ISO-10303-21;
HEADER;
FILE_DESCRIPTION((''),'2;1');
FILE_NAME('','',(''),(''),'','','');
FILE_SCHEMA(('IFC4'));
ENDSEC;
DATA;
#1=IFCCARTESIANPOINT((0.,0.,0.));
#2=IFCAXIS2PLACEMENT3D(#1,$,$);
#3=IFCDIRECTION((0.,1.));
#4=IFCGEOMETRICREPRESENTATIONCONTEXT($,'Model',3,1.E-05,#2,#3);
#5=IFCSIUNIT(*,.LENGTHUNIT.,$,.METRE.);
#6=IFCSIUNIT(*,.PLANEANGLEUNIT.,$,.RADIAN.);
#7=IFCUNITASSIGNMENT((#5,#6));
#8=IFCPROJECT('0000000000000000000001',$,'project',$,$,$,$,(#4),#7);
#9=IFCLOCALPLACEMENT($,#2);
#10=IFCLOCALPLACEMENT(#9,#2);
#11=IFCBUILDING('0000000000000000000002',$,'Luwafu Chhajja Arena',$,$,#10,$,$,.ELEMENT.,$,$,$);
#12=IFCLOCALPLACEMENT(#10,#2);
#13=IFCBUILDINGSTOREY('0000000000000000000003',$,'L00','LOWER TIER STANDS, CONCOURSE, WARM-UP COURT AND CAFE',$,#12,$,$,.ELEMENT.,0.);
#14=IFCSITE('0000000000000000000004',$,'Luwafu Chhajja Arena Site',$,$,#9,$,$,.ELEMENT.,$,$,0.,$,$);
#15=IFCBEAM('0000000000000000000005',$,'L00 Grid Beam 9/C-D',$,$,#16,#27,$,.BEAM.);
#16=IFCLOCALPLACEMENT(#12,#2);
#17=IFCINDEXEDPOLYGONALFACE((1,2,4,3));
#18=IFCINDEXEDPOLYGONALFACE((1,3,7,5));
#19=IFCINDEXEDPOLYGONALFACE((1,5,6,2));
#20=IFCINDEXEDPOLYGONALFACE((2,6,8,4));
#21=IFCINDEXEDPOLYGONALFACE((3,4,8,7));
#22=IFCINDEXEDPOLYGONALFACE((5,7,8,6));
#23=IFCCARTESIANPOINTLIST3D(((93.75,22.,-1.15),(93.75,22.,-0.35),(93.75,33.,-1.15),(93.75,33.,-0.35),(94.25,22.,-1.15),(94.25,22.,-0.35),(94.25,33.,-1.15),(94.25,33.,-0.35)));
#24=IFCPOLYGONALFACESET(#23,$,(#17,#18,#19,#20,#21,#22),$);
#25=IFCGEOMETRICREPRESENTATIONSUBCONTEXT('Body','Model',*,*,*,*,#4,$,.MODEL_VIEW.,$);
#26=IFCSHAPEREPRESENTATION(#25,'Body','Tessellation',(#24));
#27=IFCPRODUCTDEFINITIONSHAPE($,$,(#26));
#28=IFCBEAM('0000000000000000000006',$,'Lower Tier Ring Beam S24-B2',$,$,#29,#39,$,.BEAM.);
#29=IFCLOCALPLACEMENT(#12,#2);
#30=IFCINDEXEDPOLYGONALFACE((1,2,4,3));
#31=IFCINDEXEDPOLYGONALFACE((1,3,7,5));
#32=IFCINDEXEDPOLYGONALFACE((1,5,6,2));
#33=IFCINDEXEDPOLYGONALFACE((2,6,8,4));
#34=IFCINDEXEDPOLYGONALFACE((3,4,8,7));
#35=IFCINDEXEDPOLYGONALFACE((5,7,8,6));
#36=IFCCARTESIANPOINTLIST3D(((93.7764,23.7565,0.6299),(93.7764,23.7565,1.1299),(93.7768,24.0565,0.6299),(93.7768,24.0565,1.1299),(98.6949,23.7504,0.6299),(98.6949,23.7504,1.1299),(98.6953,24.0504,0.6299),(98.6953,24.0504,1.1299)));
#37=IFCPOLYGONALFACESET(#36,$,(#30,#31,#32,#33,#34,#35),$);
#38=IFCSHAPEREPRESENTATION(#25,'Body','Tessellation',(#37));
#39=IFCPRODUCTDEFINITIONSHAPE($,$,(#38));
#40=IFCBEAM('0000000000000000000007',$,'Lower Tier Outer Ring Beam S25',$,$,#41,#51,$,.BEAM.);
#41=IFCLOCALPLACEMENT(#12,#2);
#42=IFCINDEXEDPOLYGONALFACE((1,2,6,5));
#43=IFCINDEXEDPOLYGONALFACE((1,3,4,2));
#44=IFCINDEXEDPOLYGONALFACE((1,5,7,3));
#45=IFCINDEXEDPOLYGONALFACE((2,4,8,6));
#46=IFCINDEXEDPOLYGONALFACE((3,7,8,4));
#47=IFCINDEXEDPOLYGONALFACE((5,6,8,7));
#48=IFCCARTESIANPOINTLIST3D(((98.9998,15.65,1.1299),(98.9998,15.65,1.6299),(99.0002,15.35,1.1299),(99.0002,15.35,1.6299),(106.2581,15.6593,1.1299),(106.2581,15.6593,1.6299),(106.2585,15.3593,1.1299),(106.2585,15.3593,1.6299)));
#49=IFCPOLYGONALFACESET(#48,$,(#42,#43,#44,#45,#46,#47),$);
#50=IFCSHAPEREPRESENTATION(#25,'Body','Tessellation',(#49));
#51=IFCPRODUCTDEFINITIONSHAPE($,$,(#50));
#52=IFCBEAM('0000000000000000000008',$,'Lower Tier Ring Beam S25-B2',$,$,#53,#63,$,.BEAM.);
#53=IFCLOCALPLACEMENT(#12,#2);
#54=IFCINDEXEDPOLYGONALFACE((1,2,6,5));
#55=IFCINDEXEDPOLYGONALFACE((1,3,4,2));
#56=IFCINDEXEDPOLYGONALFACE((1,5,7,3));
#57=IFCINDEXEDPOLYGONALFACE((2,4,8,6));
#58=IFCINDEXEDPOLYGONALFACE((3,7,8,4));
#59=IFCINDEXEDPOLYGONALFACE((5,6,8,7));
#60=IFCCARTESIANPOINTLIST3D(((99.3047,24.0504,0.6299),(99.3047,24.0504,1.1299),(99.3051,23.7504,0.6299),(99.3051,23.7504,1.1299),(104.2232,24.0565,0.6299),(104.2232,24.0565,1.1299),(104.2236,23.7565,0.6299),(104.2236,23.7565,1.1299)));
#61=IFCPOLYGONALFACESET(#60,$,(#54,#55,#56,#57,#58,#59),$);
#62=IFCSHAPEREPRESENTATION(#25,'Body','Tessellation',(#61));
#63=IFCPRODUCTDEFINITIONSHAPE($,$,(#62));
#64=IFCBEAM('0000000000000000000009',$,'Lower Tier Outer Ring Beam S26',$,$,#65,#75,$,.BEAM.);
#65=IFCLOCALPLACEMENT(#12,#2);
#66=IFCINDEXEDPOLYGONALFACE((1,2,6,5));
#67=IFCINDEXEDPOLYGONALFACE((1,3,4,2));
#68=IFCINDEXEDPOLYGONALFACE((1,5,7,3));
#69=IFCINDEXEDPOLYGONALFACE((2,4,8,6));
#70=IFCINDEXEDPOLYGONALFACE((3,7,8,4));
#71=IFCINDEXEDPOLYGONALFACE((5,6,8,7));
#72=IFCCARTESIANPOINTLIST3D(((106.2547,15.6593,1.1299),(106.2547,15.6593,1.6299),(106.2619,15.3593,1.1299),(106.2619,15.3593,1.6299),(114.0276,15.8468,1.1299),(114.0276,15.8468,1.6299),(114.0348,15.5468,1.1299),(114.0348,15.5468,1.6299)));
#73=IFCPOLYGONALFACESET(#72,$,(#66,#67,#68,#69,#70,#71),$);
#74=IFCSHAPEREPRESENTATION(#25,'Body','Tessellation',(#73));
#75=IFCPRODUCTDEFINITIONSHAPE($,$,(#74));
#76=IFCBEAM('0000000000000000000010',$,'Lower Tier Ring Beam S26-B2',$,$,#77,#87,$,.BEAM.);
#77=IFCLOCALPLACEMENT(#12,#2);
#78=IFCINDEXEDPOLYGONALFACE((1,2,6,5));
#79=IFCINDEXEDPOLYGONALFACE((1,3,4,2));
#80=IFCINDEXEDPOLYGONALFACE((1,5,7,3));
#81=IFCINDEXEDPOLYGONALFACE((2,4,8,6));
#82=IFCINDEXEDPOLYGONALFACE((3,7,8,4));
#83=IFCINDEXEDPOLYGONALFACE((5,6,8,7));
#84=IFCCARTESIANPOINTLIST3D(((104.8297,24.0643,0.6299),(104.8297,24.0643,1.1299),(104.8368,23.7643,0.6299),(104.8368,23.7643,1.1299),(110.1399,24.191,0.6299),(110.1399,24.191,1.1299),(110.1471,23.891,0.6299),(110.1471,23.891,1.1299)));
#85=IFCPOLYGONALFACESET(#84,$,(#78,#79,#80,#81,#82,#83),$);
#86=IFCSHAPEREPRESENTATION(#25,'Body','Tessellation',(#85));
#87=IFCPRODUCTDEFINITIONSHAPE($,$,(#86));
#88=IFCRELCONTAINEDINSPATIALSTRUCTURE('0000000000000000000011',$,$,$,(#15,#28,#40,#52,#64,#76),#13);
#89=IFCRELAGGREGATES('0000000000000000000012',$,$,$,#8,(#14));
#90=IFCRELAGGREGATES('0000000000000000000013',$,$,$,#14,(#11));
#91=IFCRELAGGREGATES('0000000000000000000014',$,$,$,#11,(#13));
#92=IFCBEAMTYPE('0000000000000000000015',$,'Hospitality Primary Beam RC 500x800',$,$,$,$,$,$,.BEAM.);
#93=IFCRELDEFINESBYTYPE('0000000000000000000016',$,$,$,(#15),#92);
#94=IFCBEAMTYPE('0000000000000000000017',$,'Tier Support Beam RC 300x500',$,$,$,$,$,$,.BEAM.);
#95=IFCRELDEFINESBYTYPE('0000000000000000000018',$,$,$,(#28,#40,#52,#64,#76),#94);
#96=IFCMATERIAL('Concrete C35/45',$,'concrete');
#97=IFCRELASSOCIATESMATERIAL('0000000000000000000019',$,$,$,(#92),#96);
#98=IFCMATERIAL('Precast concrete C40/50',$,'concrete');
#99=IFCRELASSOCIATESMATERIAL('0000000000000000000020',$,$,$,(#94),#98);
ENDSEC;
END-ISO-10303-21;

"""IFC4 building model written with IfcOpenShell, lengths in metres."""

from ifc_helpers import new_model, si_unit, direction, frame, origin, origin_2d, place, context, subcontext, project, spatial, rectangle, extrude, material, material_profile, profile_set, type_object, element, save


model = new_model("IFC4")

# Units and contexts
model_context = context("Model", 3, precision=1e-05, world=origin(), true_north=direction((0.0, 1.0)))
body_context = subcontext(model_context, "Body", "Model", "MODEL_VIEW")
ifc_project = project(units=[si_unit("LENGTHUNIT", "METRE"), si_unit("PLANEANGLEUNIT", "RADIAN")], contexts=[model_context])

# Site, building, storey
site_placement = place(None, origin())
site = spatial("IfcSite", under=ifc_project, at=site_placement, Name="Luwafu Chhajja Arena Site", CompositionType="ELEMENT", RefElevation=0.0)
building_placement = place(site_placement, origin())
building = spatial("IfcBuilding", under=site, at=building_placement, Name="Luwafu Chhajja Arena", CompositionType="ELEMENT")
storey_placement = place(building_placement, origin())
storey = spatial("IfcBuildingStorey", under=building, at=storey_placement, Name="L00", Description="LOWER TIER STANDS, CONCOURSE, WARM-UP COURT AND CAFE", CompositionType="ELEMENT", Elevation=0.0)

# Shared definitions
ifc_material_1 = material(Name="Concrete C35/45", Category="concrete")

# Beams
ifc_material_2 = material(Name="Precast concrete C40/50", Category="concrete")
ifc_material_profile_1 = material_profile(ifc_material_1, rectangle(XDim=0.5, YDim=0.8, at=origin_2d()), Name="RC 500x800")
ifc_profile_set_1 = profile_set([ifc_material_profile_1], Name="Concrete C35/45")
beam_type_1 = type_object("IfcBeamType", Name="Hospitality Primary Beam RC 500x800", PredefinedType="BEAM", material=ifc_profile_set_1)
beam_1_placement = place(storey_placement, frame((94.0, 22.0, -0.75), z_axis=(0.0, 1.0, 0.0), x_axis=(-1.0, 0.0, 0.0)))
element("IfcBeam", 1, at=beam_1_placement, inside=storey, type_object=beam_type_1, Name="L00 Grid Beam 9/C-D", PredefinedType="BEAM", context=body_context, shape_type="SweptSolid", body=[
    extrude(rectangle(XDim=0.5, YDim=0.8, at=origin_2d()), origin(), (0.0, 0.0, 1.0), 11.0),
])
ifc_material_profile_2 = material_profile(ifc_material_2, rectangle(XDim=0.3, YDim=0.5, at=origin_2d()), Name="RC 300x500")
ifc_profile_set_2 = profile_set([ifc_material_profile_2], Name="Precast concrete C40/50")
beam_type_2 = type_object("IfcBeamType", Name="Tier Support Beam RC 300x500", PredefinedType="BEAM", material=ifc_profile_set_2)
beam_2_placement = place(storey_placement, frame((93.7766, 23.9065, 0.8799), z_axis=(0.999999, -0.001241, 0.0), x_axis=(0.001241, 0.999999, 0.0)))
element("IfcBeam", 2, at=beam_2_placement, inside=storey, type_object=beam_type_2, Name="Lower Tier Ring Beam S24-B2", PredefinedType="BEAM", context=body_context, shape_type="SweptSolid", body=[
    extrude(rectangle(XDim=0.3, YDim=0.5, at=origin_2d()), origin(), (0.0, 0.0, 1.0), 4.9185),
])
beam_3_placement = place(storey_placement, frame((99.0, 15.5, 1.3799), z_axis=(0.999999, 0.001278, 0.0), x_axis=(-0.001278, 0.999999, 0.0)))
element("IfcBeam", 3, at=beam_3_placement, inside=storey, type_object=beam_type_2, Name="Lower Tier Outer Ring Beam S25", PredefinedType="BEAM", context=body_context, shape_type="SweptSolid", body=[
    extrude(rectangle(XDim=0.3, YDim=0.5, at=origin_2d()), origin(), (0.0, 0.0, 1.0), 7.2583),
])
beam_4_placement = place(storey_placement, frame((99.3049, 23.9004, 0.8799), z_axis=(0.999999, 0.001241, 0.0), x_axis=(-0.001241, 0.999999, 0.0)))
element("IfcBeam", 4, at=beam_4_placement, inside=storey, type_object=beam_type_2, Name="Lower Tier Ring Beam S25-B2", PredefinedType="BEAM", context=body_context, shape_type="SweptSolid", body=[
    extrude(rectangle(XDim=0.3, YDim=0.5, at=origin_2d()), origin(), (0.0, 0.0, 1.0), 4.9185),
])
beam_5_placement = place(storey_placement, frame((106.2583, 15.5093, 1.3799), z_axis=(0.999709, 0.024115, 0.0), x_axis=(-0.024115, 0.999709, 0.0)))
element("IfcBeam", 5, at=beam_5_placement, inside=storey, type_object=beam_type_2, Name="Lower Tier Outer Ring Beam S26", PredefinedType="BEAM", context=body_context, shape_type="SweptSolid", body=[
    extrude(rectangle(XDim=0.3, YDim=0.5, at=origin_2d()), origin(), (0.0, 0.0, 1.0), 7.7751),
])
beam_6_placement = place(storey_placement, frame((104.8333, 23.9143, 0.8799), z_axis=(0.999715, 0.023854, 0.0), x_axis=(-0.023854, 0.999715, 0.0)))
element("IfcBeam", 6, at=beam_6_placement, inside=storey, type_object=beam_type_2, Name="Lower Tier Ring Beam S26-B2", PredefinedType="BEAM", context=body_context, shape_type="SweptSolid", body=[
    extrude(rectangle(XDim=0.3, YDim=0.5, at=origin_2d()), origin(), (0.0, 0.0, 1.0), 5.3118),
])

save(model, "model.ifc")
